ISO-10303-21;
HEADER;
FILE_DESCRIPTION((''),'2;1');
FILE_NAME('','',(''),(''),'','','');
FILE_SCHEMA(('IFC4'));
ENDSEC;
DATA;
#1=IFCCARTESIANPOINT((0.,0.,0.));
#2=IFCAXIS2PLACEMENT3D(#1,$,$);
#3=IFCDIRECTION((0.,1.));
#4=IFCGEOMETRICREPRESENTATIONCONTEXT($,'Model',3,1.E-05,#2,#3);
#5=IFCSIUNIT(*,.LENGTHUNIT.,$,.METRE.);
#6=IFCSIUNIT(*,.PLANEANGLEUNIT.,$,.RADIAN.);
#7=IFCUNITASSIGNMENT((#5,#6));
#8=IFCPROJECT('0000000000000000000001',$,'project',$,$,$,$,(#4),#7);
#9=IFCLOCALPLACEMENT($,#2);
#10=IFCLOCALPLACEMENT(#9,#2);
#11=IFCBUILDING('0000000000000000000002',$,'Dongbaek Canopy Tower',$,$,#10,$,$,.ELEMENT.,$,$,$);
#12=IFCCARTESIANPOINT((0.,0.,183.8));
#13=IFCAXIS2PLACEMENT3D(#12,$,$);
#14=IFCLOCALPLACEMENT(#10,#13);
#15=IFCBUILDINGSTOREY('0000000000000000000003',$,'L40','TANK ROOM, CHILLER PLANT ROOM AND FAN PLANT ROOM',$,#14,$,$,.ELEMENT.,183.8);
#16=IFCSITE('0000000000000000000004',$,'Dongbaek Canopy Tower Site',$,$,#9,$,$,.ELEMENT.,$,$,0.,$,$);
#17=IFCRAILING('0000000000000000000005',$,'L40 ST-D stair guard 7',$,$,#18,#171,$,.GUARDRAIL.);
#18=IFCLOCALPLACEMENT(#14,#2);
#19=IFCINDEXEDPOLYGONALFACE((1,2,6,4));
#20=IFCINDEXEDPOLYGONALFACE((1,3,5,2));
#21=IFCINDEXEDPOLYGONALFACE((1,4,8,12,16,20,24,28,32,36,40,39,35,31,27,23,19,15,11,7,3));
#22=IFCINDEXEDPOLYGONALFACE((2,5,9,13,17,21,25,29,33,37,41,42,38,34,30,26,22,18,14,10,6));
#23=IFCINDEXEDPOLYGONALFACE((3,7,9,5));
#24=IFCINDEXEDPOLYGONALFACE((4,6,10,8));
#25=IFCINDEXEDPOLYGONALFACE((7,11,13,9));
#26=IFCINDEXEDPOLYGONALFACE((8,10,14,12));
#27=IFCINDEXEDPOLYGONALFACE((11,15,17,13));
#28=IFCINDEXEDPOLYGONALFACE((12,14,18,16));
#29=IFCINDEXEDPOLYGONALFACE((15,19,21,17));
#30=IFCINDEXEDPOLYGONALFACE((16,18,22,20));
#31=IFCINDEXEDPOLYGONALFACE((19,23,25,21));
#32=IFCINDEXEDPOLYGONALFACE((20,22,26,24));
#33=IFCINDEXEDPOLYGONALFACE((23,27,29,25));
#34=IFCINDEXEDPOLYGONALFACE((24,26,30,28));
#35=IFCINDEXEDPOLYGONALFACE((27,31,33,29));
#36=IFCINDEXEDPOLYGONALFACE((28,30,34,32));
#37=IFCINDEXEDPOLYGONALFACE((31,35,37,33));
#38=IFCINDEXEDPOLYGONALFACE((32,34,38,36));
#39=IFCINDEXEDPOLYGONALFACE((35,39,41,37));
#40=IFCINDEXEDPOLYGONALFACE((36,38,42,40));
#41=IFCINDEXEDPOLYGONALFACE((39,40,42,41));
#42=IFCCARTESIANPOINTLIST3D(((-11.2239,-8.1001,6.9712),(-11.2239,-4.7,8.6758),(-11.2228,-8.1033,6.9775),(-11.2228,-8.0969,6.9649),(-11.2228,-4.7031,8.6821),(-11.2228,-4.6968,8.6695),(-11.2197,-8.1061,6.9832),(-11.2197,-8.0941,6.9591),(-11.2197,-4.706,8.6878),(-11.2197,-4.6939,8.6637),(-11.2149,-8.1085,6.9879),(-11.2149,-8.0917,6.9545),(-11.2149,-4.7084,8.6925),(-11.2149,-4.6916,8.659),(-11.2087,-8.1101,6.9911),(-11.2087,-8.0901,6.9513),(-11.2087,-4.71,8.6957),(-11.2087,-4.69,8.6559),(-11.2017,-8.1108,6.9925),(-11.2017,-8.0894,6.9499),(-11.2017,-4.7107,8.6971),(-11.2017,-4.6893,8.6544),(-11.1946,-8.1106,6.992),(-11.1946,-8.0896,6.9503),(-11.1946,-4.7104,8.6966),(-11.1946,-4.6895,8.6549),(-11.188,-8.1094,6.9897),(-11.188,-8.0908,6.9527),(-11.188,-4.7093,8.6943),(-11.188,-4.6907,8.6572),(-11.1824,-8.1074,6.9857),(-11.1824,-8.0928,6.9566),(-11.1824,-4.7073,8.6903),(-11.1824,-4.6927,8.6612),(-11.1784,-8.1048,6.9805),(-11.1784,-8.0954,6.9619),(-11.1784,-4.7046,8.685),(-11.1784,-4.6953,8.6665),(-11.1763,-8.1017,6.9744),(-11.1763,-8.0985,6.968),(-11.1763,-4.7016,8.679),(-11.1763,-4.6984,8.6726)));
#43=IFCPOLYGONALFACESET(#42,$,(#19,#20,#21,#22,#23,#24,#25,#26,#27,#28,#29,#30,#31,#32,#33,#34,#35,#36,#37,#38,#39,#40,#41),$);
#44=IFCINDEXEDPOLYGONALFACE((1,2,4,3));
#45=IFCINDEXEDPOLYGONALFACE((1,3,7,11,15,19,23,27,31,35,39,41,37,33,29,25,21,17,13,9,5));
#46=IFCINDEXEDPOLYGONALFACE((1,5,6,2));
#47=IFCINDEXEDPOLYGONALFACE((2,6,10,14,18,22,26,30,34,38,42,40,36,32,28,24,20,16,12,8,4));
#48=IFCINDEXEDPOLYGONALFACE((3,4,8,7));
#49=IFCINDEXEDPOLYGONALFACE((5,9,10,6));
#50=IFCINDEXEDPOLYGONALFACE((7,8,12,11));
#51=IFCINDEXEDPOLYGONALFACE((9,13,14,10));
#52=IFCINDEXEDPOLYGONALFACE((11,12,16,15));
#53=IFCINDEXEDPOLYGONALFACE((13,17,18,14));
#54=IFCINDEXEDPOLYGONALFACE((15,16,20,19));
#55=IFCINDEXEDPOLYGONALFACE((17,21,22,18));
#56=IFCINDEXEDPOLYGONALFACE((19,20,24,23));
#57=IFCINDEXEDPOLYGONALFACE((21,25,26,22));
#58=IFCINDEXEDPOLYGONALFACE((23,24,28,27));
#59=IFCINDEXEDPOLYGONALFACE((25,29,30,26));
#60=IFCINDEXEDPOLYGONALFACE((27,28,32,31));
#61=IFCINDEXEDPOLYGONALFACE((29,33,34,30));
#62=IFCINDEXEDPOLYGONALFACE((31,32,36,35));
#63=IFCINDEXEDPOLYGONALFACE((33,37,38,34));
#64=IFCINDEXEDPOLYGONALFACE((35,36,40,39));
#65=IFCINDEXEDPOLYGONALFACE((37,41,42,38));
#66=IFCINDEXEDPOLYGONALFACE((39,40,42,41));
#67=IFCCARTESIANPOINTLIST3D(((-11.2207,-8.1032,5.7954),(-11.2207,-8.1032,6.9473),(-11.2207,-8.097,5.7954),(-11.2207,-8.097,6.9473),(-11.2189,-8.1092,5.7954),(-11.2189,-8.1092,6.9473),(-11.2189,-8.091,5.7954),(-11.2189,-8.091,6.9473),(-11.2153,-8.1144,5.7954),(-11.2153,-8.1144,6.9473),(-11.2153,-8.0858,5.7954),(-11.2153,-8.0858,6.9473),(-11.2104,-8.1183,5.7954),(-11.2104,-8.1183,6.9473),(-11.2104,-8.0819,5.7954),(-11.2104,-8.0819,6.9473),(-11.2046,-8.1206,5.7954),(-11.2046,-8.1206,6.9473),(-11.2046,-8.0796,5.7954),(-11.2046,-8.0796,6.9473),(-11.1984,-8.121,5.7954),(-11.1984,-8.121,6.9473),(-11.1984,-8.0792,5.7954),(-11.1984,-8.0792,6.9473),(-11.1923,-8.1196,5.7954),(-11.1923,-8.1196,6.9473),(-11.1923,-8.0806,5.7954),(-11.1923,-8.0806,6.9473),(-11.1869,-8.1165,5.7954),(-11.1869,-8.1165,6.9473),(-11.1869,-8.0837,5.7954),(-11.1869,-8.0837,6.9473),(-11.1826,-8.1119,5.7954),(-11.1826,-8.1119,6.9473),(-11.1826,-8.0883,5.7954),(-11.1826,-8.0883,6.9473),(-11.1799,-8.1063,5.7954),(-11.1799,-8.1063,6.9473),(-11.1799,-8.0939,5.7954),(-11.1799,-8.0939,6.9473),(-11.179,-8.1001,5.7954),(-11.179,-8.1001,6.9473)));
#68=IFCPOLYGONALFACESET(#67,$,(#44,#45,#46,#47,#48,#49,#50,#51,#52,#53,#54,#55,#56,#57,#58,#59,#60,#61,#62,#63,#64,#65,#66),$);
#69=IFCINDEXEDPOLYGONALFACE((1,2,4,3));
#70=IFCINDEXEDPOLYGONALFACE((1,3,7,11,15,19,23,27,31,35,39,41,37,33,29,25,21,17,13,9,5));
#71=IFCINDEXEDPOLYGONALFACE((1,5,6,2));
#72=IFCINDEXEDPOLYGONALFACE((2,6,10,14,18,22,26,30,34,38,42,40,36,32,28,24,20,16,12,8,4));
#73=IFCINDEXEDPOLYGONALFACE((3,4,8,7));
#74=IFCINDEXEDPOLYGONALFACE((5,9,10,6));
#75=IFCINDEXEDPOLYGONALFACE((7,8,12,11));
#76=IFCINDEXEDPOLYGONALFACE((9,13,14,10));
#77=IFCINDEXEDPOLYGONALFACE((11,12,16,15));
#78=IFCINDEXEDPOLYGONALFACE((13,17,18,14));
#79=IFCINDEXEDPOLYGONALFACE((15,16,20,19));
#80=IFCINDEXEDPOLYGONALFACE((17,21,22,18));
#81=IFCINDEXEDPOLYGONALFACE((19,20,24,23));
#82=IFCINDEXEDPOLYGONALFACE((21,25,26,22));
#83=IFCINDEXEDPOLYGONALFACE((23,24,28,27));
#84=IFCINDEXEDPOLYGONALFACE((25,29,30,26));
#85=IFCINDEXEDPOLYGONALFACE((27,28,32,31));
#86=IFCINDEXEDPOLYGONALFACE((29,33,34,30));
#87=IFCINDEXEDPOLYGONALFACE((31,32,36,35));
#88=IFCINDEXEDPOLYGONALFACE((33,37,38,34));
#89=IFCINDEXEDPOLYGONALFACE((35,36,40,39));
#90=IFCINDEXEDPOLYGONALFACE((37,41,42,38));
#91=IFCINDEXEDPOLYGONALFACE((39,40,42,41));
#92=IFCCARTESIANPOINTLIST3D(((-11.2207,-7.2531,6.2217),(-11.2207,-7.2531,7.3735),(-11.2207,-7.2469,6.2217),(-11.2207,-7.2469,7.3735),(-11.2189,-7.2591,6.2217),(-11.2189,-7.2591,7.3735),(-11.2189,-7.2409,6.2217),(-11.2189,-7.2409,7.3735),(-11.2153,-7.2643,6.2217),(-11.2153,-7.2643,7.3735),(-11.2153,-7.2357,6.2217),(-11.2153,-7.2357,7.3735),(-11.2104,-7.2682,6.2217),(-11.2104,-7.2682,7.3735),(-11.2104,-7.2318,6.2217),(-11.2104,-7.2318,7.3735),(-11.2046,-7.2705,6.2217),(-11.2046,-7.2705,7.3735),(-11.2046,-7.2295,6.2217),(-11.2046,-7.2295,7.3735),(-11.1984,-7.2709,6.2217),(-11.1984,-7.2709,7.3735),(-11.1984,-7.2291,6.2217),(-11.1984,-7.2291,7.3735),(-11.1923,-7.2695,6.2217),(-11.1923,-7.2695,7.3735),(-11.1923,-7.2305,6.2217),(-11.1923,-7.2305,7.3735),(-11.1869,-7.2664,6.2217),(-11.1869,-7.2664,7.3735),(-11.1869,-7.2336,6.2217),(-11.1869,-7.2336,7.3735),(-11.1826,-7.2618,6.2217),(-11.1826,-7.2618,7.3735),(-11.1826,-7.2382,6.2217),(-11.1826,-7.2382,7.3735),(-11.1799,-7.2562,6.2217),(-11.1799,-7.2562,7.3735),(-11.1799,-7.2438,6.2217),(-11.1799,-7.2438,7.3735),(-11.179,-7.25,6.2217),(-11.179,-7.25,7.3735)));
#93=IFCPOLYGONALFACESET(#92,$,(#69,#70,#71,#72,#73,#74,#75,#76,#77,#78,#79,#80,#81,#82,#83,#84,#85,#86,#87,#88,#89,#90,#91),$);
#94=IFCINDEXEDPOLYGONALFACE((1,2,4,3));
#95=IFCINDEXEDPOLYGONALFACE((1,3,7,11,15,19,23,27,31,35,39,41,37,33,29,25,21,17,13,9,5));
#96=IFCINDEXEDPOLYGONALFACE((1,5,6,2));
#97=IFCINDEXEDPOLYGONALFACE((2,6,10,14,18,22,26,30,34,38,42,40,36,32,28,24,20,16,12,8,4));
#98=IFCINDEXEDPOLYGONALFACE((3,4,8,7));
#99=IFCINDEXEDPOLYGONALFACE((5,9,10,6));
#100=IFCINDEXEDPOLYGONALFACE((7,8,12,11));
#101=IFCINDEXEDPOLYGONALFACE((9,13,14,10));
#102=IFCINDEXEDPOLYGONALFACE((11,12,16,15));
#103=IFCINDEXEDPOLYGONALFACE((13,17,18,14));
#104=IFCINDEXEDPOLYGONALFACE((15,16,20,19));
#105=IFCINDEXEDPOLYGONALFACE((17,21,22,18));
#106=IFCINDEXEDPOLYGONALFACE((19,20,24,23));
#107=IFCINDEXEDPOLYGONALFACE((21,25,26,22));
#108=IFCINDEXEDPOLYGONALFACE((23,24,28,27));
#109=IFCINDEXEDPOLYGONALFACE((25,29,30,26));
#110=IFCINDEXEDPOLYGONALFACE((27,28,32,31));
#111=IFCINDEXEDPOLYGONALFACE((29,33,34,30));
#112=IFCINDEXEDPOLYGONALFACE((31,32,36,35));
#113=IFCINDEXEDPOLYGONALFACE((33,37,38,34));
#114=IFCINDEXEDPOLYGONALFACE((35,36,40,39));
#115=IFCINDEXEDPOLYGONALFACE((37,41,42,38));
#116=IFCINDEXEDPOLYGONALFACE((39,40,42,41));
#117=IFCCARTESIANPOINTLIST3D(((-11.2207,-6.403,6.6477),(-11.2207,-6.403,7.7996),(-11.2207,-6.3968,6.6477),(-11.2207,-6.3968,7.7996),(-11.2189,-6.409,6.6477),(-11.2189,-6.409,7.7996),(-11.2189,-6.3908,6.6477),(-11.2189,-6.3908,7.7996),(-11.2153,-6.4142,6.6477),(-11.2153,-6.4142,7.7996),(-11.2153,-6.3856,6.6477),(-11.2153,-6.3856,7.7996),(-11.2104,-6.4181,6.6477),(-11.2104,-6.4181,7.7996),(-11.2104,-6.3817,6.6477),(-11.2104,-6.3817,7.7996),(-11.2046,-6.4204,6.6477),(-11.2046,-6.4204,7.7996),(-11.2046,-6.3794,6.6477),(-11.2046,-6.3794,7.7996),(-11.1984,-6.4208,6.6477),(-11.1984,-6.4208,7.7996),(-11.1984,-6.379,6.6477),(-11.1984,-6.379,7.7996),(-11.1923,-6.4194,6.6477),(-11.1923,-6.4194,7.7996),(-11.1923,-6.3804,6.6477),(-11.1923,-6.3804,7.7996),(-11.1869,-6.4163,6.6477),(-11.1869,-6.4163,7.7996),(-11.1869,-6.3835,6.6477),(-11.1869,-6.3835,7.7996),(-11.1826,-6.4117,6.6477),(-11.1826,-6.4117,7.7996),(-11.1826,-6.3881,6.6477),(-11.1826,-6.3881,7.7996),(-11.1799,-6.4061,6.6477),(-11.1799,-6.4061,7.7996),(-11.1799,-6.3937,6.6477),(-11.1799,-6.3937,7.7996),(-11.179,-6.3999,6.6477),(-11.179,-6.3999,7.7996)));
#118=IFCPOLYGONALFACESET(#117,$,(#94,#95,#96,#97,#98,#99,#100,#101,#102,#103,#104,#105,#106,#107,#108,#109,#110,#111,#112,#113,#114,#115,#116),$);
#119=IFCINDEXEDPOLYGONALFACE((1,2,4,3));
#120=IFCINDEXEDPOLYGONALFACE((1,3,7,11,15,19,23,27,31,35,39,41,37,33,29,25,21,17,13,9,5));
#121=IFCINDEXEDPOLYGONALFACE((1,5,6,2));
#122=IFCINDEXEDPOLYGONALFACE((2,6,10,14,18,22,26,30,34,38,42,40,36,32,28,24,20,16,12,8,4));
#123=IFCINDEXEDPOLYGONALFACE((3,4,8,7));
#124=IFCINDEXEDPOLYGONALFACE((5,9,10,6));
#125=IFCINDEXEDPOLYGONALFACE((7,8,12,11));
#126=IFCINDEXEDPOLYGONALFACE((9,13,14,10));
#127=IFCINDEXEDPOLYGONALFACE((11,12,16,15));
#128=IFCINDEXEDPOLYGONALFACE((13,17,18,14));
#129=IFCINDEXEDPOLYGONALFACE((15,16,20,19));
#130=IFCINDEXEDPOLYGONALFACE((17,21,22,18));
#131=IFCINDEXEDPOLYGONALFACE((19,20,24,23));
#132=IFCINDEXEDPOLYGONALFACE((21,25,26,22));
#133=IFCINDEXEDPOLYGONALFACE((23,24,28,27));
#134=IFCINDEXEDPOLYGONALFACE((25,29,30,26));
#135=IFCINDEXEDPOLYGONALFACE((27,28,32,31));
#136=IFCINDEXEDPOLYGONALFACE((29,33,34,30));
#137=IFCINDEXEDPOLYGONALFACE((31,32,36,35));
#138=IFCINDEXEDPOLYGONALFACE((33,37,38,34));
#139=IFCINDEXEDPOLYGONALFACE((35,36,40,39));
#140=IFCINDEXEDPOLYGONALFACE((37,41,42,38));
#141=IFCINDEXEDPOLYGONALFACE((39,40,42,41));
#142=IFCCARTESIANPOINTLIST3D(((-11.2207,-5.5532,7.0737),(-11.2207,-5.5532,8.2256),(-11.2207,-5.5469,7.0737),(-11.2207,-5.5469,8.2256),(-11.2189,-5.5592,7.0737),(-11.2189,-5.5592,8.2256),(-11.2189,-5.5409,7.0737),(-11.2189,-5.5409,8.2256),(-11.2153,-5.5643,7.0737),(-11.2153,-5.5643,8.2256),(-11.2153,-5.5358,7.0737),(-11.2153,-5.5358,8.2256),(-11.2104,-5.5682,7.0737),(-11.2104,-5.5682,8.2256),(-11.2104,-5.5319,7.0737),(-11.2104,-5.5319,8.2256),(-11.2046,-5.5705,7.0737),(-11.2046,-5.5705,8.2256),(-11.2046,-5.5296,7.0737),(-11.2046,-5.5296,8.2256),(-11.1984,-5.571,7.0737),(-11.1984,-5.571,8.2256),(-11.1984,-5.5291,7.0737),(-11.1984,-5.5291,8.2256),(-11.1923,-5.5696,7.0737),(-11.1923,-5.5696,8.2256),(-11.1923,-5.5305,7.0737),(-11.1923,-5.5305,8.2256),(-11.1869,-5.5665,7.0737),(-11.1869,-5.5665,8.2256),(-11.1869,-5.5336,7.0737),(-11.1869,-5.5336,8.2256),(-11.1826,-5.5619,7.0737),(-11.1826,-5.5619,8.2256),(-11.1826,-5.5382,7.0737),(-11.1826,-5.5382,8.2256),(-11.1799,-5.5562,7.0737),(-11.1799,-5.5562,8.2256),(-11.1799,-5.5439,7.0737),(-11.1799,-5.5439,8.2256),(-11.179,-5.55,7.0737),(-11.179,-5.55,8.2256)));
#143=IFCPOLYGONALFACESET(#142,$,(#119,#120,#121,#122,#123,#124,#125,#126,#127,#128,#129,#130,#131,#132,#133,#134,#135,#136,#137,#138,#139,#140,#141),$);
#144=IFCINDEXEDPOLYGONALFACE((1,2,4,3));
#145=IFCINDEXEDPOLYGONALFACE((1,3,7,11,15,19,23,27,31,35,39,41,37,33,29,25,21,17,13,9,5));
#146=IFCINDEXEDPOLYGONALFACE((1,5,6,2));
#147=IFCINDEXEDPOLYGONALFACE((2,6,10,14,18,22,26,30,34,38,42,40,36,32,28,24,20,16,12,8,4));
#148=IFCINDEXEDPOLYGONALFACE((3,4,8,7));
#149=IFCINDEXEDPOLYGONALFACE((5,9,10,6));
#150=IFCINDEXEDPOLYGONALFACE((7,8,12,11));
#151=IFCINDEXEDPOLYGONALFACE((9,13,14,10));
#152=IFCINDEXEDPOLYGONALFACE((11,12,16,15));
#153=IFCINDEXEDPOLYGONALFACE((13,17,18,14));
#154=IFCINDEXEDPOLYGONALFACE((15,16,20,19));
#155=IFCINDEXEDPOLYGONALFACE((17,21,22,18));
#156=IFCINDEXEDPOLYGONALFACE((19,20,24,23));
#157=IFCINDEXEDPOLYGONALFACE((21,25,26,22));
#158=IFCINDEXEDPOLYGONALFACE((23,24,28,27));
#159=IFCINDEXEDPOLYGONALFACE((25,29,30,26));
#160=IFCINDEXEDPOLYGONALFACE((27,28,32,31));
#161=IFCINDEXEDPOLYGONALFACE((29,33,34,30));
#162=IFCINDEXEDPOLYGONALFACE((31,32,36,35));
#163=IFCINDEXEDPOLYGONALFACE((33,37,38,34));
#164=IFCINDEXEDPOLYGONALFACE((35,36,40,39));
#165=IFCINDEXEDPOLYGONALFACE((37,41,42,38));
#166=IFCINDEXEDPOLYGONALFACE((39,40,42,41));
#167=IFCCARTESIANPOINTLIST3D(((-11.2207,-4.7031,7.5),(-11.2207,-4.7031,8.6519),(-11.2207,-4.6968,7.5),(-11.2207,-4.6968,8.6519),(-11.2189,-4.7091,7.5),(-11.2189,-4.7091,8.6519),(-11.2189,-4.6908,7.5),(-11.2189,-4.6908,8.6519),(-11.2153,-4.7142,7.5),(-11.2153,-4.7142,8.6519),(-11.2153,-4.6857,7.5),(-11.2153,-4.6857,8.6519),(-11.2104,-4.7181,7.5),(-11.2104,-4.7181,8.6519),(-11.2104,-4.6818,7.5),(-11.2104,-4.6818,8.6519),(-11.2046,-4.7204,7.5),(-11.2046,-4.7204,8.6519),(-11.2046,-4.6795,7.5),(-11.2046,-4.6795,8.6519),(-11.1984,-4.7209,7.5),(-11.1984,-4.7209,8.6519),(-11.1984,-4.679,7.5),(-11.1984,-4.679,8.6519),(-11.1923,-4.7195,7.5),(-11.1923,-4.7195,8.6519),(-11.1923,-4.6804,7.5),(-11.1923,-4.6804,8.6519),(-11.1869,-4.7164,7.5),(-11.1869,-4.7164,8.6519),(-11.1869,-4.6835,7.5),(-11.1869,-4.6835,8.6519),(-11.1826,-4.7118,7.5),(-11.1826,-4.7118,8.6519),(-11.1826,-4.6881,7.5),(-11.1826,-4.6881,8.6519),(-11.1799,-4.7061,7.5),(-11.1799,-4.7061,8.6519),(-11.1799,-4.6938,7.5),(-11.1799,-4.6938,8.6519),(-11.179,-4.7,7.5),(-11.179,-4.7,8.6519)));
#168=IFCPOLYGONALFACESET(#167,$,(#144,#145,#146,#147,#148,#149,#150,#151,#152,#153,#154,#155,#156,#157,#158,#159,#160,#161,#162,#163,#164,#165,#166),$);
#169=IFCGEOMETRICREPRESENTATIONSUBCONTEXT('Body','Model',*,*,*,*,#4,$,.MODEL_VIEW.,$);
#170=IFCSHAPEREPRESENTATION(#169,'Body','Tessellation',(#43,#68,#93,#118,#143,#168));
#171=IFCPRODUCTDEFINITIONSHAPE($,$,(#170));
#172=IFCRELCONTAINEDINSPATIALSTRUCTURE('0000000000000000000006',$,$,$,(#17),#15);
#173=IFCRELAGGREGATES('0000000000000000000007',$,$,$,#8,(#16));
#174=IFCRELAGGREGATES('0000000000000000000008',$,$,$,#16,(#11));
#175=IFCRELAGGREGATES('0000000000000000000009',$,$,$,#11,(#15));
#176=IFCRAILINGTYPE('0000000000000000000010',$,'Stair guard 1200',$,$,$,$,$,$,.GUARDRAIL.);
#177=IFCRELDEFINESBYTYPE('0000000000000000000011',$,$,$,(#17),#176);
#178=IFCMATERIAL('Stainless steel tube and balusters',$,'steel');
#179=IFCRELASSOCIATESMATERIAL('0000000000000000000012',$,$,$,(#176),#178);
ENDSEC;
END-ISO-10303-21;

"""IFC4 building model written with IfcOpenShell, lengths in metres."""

from ifc_helpers import new_model, si_unit, direction, frame, origin, origin_2d, place, context, subcontext, project, spatial, circle, extrude, material, type_object, element, save


model = new_model("IFC4")

# Units and contexts
model_context = context("Model", 3, precision=1e-05, world=origin(), true_north=direction((0.0, 1.0)))
body_context = subcontext(model_context, "Body", "Model", "MODEL_VIEW")
ifc_project = project(units=[si_unit("LENGTHUNIT", "METRE"), si_unit("PLANEANGLEUNIT", "RADIAN")], contexts=[model_context])

# Site, building, storey
site_placement = place(None, origin())
site = spatial("IfcSite", under=ifc_project, at=site_placement, Name="Dongbaek Canopy Tower Site", CompositionType="ELEMENT", RefElevation=0.0)
building_placement = place(site_placement, origin())
building = spatial("IfcBuilding", under=site, at=building_placement, Name="Dongbaek Canopy Tower", CompositionType="ELEMENT")
storey_placement = place(building_placement, frame((0.0, 0.0, 183.8)))
storey = spatial("IfcBuildingStorey", under=building, at=storey_placement, Name="L40", Description="TANK ROOM, CHILLER PLANT ROOM AND FAN PLANT ROOM", CompositionType="ELEMENT", Elevation=183.8)

# Railing
ifc_material_1 = material(Name="Stainless steel tube and balusters", Category="steel")
railing_type_1 = type_object("IfcRailingType", Name="Stair guard 1200", PredefinedType="GUARDRAIL", material=ifc_material_1)
for number, where, name in (
    (1, (-11.2, -8.1001, 5.7954), "L40 ST-D stair guard 7"),
):
    element("IfcRailing", number, at=place(storey_placement, frame(where)), inside=storey, type_object=railing_type_1, Name=name, PredefinedType="GUARDRAIL", context=body_context, shape_type="SweptSolid", body=[
        extrude(circle(Radius=0.0239, at=origin_2d()), frame((0.0, 0.0, 1.1758), z_axis=(0.0, 0.893952, 0.448163), x_axis=(-1.0, 0.0, 0.0)), (0.0, 0.0, 1.0), 3.8035),
        extrude(circle(Radius=0.021, at=origin_2d()), origin(), (0.0, 0.0, 1.0), 1.1519),
        extrude(circle(Radius=0.021, at=origin_2d()), frame((0.0, 0.8501, 0.4263)), (0.0, 0.0, 1.0), 1.1519),
        extrude(circle(Radius=0.021, at=origin_2d()), frame((0.0, 1.7002, 0.8523)), (0.0, 0.0, 1.0), 1.1519),
        extrude(circle(Radius=0.021, at=origin_2d()), frame((0.0, 2.55, 1.2783)), (0.0, 0.0, 1.0), 1.1519),
        extrude(circle(Radius=0.021, at=origin_2d()), frame((0.0, 3.4001, 1.7046)), (0.0, 0.0, 1.0), 1.1519),
    ])

save(model, "model.ifc")
